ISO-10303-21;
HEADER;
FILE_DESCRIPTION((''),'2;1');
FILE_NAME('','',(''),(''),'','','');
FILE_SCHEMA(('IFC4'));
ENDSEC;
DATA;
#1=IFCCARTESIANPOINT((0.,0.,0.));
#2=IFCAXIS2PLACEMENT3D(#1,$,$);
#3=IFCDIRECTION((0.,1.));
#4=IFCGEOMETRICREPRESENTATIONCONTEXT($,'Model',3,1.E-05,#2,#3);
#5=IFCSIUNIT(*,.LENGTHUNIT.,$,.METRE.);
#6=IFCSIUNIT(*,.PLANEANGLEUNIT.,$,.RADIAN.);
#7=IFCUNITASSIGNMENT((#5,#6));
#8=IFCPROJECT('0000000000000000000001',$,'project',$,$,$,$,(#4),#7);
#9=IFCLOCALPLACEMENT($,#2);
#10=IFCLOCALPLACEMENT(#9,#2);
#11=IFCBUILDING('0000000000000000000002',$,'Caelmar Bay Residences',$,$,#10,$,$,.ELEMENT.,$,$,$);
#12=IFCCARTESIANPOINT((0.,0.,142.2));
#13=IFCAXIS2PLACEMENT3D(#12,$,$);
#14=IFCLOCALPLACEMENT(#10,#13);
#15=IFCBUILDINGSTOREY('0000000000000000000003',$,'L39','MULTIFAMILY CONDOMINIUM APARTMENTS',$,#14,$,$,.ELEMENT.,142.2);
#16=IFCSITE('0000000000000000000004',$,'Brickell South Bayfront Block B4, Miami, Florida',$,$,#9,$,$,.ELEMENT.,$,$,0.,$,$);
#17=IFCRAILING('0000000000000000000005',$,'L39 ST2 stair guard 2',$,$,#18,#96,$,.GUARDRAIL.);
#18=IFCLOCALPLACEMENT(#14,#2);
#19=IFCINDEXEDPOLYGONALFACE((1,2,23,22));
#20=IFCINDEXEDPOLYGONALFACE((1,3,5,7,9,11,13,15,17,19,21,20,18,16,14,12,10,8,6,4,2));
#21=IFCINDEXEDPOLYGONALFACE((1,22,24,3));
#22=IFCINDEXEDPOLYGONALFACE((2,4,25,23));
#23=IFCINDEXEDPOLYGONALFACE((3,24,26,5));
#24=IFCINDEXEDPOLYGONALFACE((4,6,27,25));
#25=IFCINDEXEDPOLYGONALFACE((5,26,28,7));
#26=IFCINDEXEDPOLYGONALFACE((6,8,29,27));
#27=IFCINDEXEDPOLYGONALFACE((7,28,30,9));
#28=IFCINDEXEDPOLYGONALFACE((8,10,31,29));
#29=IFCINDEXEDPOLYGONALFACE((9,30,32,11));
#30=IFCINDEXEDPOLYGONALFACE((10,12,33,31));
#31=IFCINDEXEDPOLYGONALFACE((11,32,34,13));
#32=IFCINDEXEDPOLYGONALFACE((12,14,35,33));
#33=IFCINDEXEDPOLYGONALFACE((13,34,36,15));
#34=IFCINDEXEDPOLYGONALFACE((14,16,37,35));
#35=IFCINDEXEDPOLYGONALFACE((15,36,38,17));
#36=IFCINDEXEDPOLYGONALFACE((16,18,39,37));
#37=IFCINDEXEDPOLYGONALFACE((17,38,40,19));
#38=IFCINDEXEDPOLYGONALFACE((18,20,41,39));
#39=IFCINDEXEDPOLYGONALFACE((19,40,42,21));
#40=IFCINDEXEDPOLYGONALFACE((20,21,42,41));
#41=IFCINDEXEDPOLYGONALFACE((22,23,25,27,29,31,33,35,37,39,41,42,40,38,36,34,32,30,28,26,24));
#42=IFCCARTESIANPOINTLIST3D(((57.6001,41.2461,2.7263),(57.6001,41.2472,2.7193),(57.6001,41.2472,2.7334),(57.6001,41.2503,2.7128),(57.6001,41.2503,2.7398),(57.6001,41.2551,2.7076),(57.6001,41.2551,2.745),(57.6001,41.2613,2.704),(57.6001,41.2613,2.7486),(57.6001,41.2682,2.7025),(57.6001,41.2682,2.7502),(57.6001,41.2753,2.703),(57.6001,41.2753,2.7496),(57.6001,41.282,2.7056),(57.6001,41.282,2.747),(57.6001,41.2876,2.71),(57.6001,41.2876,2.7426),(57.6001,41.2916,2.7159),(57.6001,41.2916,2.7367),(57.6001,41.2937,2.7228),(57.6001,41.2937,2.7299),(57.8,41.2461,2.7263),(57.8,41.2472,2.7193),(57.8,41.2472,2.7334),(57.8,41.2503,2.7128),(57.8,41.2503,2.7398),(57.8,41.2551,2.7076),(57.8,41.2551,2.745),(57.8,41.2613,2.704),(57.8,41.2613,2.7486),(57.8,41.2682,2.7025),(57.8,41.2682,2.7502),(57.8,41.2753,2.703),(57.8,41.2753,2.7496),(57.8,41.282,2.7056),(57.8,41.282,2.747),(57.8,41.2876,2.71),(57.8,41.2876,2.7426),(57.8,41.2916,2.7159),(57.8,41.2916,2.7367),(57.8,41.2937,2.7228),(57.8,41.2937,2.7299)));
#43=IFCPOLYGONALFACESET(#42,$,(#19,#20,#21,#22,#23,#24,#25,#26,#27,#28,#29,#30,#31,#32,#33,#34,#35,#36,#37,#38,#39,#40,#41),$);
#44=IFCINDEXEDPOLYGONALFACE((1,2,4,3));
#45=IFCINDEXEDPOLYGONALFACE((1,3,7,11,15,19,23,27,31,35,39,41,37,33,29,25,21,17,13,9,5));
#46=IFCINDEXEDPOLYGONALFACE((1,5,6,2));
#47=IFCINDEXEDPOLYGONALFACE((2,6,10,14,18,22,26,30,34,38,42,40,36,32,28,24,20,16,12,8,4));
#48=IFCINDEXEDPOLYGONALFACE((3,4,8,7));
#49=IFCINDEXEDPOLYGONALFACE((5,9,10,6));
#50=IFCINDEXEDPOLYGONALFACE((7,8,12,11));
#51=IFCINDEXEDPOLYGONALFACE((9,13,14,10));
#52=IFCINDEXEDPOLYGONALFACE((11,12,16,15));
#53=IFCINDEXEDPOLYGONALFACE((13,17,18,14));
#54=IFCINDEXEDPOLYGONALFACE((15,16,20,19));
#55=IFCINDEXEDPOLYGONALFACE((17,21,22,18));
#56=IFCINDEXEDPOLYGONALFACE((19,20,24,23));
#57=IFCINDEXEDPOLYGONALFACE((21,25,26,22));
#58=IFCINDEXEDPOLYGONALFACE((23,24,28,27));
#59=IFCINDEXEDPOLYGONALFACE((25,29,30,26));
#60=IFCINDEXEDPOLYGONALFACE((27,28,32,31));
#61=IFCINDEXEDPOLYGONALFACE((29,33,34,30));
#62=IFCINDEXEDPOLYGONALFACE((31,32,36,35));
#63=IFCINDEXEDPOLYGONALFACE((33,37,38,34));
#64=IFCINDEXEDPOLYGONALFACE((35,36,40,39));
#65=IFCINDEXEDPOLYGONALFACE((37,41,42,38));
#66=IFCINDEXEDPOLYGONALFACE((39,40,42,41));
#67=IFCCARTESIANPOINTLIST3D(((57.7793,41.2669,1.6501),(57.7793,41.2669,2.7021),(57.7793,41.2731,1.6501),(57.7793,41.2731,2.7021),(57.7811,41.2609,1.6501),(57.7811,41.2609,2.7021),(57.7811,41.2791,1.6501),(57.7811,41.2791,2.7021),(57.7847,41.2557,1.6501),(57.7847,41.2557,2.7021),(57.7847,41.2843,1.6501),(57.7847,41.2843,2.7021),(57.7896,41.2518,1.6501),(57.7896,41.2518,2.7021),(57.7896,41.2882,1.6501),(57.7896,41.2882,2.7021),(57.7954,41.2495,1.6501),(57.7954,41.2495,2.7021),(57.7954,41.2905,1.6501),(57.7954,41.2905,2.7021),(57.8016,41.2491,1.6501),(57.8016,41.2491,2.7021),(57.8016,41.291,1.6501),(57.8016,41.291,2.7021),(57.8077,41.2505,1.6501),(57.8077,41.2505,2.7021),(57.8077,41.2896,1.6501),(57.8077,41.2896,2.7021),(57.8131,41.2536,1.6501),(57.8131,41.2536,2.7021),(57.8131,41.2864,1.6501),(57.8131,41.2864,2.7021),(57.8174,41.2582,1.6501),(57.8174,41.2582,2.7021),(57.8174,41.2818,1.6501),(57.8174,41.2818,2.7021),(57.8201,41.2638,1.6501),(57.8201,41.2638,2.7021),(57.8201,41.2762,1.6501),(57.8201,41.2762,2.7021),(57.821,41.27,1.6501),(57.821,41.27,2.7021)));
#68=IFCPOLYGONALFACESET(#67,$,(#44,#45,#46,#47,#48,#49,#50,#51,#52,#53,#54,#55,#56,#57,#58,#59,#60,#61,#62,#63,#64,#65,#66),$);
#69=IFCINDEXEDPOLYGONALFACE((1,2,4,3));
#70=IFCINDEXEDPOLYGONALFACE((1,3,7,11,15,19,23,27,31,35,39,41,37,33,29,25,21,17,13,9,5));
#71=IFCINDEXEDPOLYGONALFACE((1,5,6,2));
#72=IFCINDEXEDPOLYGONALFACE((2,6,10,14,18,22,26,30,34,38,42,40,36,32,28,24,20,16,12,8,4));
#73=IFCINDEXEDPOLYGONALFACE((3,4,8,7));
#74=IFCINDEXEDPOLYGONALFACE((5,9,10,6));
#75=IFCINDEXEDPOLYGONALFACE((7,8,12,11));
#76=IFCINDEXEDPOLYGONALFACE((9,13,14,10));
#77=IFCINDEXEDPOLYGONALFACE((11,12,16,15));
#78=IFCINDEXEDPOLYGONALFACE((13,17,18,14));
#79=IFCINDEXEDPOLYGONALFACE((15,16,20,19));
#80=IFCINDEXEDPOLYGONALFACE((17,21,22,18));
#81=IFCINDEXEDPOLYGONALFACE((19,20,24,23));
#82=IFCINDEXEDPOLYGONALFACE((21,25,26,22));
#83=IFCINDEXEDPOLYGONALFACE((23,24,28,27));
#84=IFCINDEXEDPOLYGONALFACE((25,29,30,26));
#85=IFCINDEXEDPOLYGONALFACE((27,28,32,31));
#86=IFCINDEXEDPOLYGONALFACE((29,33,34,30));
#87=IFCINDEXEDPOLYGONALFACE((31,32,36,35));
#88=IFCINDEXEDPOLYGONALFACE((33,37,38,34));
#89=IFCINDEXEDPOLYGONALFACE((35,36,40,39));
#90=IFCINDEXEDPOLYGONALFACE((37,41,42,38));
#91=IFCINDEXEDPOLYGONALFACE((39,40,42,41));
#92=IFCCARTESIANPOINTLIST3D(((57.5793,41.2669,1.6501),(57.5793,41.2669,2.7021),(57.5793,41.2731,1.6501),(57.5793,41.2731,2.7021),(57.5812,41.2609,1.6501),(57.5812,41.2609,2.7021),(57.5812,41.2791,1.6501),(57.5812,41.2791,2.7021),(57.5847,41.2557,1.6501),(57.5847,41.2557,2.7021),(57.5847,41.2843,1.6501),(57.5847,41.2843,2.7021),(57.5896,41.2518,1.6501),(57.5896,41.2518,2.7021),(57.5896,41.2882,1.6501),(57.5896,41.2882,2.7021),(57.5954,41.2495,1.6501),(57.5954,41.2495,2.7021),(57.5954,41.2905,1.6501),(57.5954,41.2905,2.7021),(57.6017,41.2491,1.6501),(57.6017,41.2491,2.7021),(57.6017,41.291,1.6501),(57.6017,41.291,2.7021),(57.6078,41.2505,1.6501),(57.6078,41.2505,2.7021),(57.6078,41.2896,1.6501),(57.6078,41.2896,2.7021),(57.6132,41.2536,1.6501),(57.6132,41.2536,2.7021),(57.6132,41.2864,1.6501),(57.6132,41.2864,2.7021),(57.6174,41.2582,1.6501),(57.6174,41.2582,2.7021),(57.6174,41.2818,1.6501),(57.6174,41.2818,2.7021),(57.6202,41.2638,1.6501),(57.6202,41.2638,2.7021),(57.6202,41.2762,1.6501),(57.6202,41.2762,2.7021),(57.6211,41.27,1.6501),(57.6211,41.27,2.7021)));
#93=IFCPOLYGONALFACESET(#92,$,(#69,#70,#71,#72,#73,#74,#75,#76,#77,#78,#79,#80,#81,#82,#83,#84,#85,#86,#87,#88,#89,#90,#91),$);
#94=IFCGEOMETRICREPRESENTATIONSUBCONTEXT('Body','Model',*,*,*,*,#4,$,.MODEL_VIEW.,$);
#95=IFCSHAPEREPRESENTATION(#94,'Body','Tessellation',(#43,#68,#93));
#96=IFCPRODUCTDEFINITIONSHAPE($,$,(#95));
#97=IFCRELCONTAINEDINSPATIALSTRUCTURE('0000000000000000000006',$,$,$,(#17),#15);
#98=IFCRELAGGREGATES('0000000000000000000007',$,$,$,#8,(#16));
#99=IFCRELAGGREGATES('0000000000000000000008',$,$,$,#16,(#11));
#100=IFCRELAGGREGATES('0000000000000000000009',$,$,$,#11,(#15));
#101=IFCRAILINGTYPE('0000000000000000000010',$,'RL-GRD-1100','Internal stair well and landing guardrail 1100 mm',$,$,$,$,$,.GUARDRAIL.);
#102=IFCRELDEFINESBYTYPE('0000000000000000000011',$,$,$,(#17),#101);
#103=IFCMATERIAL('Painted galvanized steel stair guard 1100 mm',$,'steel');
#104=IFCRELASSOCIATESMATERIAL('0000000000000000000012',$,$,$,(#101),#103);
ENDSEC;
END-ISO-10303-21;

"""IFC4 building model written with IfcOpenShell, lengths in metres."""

from ifc_helpers import new_model, si_unit, direction, frame, origin, origin_2d, place, context, subcontext, project, spatial, circle, extrude, material, type_object, element, save


model = new_model("IFC4")

# Units and contexts
model_context = context("Model", 3, precision=1e-05, world=origin(), true_north=direction((0.0, 1.0)))
body_context = subcontext(model_context, "Body", "Model", "MODEL_VIEW")
ifc_project = project(units=[si_unit("LENGTHUNIT", "METRE"), si_unit("PLANEANGLEUNIT", "RADIAN")], contexts=[model_context])

# Site, building, storey
site_placement = place(None, origin())
site = spatial("IfcSite", under=ifc_project, at=site_placement, Name="Brickell South Bayfront Block B4, Miami, Florida", CompositionType="ELEMENT", RefElevation=0.0)
building_placement = place(site_placement, origin())
building = spatial("IfcBuilding", under=site, at=building_placement, Name="Caelmar Bay Residences", CompositionType="ELEMENT")
storey_placement = place(building_placement, frame((0.0, 0.0, 142.2)))
storey = spatial("IfcBuildingStorey", under=building, at=storey_placement, Name="L39", Description="MULTIFAMILY CONDOMINIUM APARTMENTS", CompositionType="ELEMENT", Elevation=142.2)

# Railing
ifc_material_1 = material(Name="Painted galvanized steel stair guard 1100 mm", Category="steel")
railing_type_1 = type_object("IfcRailingType", Name="RL-GRD-1100", Description="Internal stair well and landing guardrail 1100 mm", PredefinedType="GUARDRAIL", material=ifc_material_1)
railing_1_placement = place(storey_placement, frame((57.8, 41.27, 1.6501)))
element("IfcRailing", 1, at=railing_1_placement, inside=storey, type_object=railing_type_1, Name="L39 ST2 stair guard 2", PredefinedType="GUARDRAIL", context=body_context, shape_type="SweptSolid", body=[
    extrude(circle(Radius=0.0239, at=origin_2d()), frame((0.0, 0.0, 1.0762), z_axis=(-1.0, 0.0, 0.0), x_axis=(0.0, -1.0, 0.0)), (0.0, 0.0, 1.0), 0.2),
    extrude(circle(Radius=0.021, at=origin_2d()), origin(), (0.0, 0.0, 1.0), 1.052),
    extrude(circle(Radius=0.021, at=origin_2d()), frame((-0.2, 0.0, 0.0)), (0.0, 0.0, 1.0), 1.052),
])

save(model, "model.ifc")
